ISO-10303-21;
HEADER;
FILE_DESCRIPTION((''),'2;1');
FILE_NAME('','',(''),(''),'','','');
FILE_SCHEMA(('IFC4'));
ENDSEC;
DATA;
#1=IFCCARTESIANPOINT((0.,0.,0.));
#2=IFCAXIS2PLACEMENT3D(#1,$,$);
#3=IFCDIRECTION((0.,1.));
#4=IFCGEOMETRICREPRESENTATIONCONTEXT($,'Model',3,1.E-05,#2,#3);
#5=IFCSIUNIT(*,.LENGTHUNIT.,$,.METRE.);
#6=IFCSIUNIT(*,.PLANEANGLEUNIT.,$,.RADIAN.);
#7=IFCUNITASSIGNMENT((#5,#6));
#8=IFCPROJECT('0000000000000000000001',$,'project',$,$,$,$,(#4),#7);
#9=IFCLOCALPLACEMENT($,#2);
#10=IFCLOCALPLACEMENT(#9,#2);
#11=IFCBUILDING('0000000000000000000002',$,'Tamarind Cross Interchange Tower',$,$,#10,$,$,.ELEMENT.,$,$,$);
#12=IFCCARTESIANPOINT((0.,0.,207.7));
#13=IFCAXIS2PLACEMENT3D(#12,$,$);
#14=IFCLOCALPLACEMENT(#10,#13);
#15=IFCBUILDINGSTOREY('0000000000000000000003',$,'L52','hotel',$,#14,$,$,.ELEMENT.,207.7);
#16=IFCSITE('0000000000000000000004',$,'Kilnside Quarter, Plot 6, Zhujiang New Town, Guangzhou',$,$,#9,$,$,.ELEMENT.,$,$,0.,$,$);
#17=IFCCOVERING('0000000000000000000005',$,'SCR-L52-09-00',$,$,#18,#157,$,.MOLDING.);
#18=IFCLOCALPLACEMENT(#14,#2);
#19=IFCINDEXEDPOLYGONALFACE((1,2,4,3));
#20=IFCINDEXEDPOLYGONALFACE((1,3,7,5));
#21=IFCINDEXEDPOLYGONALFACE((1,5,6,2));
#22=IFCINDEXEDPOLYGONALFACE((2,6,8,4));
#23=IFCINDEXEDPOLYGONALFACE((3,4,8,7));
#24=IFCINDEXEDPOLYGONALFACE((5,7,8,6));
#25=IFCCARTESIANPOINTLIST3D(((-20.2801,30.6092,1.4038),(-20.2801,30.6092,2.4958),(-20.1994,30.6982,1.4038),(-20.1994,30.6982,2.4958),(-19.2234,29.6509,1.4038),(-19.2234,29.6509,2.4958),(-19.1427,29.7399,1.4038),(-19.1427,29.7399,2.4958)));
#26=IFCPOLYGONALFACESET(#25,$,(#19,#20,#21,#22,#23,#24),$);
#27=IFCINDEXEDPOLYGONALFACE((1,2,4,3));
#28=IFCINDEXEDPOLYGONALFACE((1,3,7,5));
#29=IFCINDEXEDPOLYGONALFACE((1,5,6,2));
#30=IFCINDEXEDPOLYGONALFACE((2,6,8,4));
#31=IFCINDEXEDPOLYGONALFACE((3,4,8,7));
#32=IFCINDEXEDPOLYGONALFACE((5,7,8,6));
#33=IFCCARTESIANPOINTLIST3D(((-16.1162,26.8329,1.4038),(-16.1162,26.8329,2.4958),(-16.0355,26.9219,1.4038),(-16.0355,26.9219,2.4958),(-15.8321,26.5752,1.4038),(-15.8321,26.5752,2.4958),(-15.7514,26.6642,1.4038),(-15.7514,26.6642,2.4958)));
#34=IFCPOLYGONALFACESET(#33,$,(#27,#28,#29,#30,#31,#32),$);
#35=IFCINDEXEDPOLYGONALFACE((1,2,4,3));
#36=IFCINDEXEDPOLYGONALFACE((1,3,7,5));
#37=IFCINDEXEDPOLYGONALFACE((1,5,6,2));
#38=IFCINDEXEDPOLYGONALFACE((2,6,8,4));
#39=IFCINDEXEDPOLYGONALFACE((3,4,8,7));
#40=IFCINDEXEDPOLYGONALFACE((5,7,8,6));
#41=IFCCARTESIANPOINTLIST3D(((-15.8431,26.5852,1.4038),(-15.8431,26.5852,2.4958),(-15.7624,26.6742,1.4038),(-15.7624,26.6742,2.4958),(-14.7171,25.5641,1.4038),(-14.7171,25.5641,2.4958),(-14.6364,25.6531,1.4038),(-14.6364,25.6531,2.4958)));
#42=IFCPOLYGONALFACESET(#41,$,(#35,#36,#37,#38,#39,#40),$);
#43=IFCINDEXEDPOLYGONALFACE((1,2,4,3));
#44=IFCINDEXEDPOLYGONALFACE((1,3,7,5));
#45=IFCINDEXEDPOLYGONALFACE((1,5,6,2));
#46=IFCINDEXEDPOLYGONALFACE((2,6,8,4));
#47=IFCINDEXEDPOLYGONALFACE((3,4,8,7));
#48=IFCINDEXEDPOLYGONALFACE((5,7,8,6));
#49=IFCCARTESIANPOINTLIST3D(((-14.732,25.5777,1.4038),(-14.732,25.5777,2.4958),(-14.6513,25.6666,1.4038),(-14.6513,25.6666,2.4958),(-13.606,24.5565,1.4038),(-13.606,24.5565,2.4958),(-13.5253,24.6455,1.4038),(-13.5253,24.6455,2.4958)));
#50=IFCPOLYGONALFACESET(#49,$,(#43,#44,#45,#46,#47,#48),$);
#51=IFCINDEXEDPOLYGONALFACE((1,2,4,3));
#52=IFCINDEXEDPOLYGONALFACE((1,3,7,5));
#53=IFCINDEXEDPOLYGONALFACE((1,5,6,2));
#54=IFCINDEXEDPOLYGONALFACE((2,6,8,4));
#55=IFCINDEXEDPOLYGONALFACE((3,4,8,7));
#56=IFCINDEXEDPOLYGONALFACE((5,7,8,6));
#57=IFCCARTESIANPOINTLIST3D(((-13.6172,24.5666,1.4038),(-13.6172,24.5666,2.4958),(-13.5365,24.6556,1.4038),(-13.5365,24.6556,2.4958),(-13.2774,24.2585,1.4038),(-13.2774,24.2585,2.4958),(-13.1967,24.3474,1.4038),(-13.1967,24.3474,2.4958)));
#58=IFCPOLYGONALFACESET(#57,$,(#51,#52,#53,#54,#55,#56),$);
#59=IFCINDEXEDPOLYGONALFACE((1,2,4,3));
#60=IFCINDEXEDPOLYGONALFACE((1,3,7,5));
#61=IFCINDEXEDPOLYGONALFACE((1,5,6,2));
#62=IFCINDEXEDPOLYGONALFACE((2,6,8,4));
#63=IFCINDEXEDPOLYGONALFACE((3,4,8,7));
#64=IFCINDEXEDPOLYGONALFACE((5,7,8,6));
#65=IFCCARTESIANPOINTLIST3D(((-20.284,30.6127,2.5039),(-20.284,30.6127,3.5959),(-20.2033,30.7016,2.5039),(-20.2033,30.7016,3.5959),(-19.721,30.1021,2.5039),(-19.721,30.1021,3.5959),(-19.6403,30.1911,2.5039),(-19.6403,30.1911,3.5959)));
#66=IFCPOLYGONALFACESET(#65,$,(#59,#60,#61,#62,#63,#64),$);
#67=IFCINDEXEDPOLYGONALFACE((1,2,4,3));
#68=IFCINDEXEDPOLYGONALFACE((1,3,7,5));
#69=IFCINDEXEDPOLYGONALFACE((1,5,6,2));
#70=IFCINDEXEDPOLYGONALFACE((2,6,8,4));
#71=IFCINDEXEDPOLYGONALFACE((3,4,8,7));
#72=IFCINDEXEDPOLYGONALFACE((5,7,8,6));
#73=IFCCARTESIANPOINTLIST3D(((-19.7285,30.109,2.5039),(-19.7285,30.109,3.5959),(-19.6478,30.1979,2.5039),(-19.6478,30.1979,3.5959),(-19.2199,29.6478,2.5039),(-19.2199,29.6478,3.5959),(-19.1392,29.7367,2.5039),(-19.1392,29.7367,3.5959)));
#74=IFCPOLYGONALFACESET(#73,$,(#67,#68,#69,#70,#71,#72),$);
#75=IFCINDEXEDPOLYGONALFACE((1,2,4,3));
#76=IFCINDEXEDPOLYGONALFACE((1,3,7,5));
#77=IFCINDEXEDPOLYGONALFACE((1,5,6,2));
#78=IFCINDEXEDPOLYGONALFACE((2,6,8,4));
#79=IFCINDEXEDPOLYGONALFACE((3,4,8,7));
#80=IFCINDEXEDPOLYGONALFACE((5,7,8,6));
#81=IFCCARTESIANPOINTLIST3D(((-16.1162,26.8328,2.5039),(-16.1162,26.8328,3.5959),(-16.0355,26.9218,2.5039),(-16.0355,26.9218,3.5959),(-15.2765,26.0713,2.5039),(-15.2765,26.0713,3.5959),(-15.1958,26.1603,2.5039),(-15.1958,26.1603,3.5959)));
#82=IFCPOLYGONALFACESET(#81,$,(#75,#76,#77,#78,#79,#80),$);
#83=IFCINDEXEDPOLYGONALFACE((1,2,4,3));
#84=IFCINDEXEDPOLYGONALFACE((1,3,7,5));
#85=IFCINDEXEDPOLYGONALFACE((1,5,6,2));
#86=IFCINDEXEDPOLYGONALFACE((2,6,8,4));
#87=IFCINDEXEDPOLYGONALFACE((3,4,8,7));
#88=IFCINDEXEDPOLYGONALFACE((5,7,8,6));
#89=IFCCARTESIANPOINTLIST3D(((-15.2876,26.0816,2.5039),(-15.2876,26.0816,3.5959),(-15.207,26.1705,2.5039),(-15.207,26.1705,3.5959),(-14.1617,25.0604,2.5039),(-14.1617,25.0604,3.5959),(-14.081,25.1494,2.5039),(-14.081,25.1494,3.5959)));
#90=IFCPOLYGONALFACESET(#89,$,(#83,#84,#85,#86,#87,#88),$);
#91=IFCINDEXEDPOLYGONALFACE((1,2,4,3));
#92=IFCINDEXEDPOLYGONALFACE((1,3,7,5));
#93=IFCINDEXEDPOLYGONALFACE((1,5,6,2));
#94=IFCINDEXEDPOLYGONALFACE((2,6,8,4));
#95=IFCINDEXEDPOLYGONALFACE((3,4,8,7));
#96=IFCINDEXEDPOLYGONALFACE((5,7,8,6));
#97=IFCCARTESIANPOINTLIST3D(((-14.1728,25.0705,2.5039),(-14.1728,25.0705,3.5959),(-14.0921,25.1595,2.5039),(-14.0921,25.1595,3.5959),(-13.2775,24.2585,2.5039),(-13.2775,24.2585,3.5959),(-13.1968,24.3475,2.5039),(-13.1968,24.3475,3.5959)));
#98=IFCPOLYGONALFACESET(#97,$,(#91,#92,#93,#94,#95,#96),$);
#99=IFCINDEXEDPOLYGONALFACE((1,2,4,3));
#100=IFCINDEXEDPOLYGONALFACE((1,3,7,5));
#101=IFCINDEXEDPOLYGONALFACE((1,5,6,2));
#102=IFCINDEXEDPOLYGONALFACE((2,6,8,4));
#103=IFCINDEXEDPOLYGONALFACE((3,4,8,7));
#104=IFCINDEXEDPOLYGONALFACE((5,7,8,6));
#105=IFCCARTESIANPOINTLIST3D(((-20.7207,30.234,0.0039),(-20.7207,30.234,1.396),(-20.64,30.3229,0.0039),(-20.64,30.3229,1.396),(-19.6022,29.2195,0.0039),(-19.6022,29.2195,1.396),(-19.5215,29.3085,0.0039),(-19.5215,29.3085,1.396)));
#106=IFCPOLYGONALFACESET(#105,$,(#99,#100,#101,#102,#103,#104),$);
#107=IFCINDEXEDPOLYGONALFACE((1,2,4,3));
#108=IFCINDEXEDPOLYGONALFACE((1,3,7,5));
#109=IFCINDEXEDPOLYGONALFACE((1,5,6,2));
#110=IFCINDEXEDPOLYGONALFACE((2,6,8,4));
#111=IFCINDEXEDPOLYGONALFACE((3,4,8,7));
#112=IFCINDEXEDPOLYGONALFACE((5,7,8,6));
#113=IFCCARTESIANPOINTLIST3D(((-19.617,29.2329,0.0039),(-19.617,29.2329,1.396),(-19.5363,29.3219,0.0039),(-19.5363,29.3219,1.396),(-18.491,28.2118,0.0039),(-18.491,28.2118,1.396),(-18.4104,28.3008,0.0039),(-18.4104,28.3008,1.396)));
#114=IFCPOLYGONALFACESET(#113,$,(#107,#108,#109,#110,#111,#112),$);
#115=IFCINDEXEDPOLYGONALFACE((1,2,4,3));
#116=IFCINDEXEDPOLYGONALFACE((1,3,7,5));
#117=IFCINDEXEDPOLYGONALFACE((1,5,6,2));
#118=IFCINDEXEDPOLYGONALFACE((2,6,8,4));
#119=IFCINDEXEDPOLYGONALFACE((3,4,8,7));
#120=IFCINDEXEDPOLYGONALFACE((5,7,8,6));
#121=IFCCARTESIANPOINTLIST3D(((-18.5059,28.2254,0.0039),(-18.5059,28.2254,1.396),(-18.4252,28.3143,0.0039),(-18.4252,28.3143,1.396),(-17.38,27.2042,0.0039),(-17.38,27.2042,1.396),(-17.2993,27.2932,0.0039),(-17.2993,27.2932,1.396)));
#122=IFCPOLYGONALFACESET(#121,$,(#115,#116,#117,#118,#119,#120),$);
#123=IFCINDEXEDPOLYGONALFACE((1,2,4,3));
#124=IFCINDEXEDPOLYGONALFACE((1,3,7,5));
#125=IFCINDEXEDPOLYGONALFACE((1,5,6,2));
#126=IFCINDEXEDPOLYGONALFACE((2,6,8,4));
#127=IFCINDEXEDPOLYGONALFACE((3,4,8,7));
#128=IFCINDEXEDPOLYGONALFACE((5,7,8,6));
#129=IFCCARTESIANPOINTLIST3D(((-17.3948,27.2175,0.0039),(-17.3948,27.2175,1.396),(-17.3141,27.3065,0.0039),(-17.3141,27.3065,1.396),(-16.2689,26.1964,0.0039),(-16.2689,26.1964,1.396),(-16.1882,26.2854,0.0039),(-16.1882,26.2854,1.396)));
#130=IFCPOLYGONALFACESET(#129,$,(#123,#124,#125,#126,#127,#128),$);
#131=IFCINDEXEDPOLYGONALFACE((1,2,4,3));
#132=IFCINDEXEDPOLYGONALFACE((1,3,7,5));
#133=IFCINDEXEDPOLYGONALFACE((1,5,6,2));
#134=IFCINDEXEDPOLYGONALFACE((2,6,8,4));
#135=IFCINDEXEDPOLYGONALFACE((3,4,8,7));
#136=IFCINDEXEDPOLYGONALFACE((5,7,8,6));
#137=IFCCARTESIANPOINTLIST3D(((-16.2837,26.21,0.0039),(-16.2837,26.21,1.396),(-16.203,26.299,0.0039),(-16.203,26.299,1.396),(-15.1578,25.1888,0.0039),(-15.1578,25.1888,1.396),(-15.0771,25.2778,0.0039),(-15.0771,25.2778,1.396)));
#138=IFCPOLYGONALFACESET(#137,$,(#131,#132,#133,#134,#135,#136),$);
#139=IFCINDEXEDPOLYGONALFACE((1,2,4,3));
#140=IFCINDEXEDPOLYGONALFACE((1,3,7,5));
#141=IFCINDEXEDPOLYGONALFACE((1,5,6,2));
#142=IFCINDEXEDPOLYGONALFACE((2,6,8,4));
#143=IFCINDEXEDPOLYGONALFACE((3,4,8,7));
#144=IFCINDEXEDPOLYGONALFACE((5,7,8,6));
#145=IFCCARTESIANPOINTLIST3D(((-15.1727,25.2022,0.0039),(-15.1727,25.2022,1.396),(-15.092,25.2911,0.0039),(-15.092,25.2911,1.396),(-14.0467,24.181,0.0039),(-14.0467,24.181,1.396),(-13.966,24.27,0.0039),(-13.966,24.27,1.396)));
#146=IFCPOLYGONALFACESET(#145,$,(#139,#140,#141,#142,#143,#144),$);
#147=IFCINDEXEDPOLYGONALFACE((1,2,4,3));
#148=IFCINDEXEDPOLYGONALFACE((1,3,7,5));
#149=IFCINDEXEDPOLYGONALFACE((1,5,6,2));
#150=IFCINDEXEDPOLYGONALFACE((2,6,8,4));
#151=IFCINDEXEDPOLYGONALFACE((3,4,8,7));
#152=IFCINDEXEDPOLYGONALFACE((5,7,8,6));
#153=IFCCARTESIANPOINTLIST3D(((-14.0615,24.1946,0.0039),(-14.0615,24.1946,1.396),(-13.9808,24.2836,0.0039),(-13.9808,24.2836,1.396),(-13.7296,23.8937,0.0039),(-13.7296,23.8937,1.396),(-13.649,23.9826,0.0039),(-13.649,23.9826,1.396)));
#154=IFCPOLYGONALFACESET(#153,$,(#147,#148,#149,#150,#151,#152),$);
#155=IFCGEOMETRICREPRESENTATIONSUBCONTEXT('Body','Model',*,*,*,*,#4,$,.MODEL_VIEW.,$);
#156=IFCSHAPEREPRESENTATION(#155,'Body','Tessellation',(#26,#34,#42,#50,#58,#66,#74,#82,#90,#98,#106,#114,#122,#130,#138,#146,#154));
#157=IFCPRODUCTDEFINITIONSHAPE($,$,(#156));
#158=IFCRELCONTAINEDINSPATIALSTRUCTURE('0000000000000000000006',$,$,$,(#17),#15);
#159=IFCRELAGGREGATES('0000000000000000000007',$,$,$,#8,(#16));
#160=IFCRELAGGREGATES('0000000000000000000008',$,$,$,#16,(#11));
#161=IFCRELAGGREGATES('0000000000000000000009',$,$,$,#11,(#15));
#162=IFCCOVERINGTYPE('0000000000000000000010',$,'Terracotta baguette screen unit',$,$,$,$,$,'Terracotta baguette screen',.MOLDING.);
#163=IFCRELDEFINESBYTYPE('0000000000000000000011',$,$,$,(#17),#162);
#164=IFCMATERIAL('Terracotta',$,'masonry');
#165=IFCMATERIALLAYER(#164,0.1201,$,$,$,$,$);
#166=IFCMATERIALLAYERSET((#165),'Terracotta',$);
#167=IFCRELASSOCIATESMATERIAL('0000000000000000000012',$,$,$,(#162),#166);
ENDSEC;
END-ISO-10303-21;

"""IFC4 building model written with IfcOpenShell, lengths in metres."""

from ifc_helpers import new_model, si_unit, direction, frame, origin, origin_2d, place, context, subcontext, project, spatial, rectangle, extrude, material, layer, layer_set, type_object, element, save


model = new_model("IFC4")

# Units and contexts
model_context = context("Model", 3, precision=1e-05, world=origin(), true_north=direction((0.0, 1.0)))
body_context = subcontext(model_context, "Body", "Model", "MODEL_VIEW")
ifc_project = project(units=[si_unit("LENGTHUNIT", "METRE"), si_unit("PLANEANGLEUNIT", "RADIAN")], contexts=[model_context])

# Site, building, storey
site_placement = place(None, origin())
site = spatial("IfcSite", under=ifc_project, at=site_placement, Name="Kilnside Quarter, Plot 6, Zhujiang New Town, Guangzhou", CompositionType="ELEMENT", RefElevation=0.0)
building_placement = place(site_placement, origin())
building = spatial("IfcBuilding", under=site, at=building_placement, Name="Tamarind Cross Interchange Tower", CompositionType="ELEMENT")
storey_placement = place(building_placement, frame((0.0, 0.0, 207.7)))
storey = spatial("IfcBuildingStorey", under=building, at=storey_placement, Name="L52", Description="hotel", CompositionType="ELEMENT", Elevation=207.7)

# Covering
ifc_material_1 = material(Name="Terracotta", Category="masonry")
ifc_layer_1 = layer(ifc_material_1, 0.1201)
ifc_layer_set_1 = layer_set([ifc_layer_1], Name="Terracotta")
covering_type = type_object("IfcCoveringType", Name="Terracotta baguette screen unit", ElementType="Terracotta baguette screen", PredefinedType="MOLDING", material=ifc_layer_set_1)
covering_1_placement = place(storey_placement, origin())
element("IfcCovering", 1, at=covering_1_placement, inside=storey, type_object=covering_type, Name="SCR-L52-09-00", PredefinedType="MOLDING", context=body_context, shape_type="SweptSolid", body=[
    extrude(rectangle(XDim=1.4265, YDim=0.1201, at=origin_2d()), frame((-19.7114, 30.1746, 1.4038), z_axis=(0.0, 0.0, 1.0), x_axis=(0.740741, -0.67179, 0.0)), (0.0, 0.0, 1.0), 1.092),
    extrude(rectangle(XDim=0.3835, YDim=0.1201, at=origin_2d()), frame((-15.9338, 26.7485, 1.4038), z_axis=(0.0, 0.0, 1.0), x_axis=(0.740741, -0.67179, 0.0)), (0.0, 0.0, 1.0), 1.092),
    extrude(rectangle(XDim=1.52, YDim=0.1201, at=origin_2d()), frame((-15.2397, 26.1191, 1.4038), z_axis=(0.0, 0.0, 1.0), x_axis=(0.740741, -0.67179, 0.0)), (0.0, 0.0, 1.0), 1.092),
    extrude(rectangle(XDim=1.52, YDim=0.1201, at=origin_2d()), frame((-14.1287, 25.1116, 1.4038), z_axis=(0.0, 0.0, 1.0), x_axis=(0.740741, -0.67179, 0.0)), (0.0, 0.0, 1.0), 1.092),
    extrude(rectangle(XDim=0.4587, YDim=0.1201, at=origin_2d()), frame((-13.407, 24.457, 1.4038), z_axis=(0.0, 0.0, 1.0), x_axis=(0.740741, -0.67179, 0.0)), (0.0, 0.0, 1.0), 1.092),
    extrude(rectangle(XDim=0.76, YDim=0.1201, at=origin_2d()), frame((-19.9622, 30.4019, 2.5039), z_axis=(0.0, 0.0, 1.0), x_axis=(0.740741, -0.67179, 0.0)), (0.0, 0.0, 1.0), 1.092),
    extrude(rectangle(XDim=0.6865, YDim=0.1201, at=origin_2d()), frame((-19.4338, 29.9229, 2.5039), z_axis=(0.0, 0.0, 1.0), x_axis=(0.740741, -0.67179, 0.0)), (0.0, 0.0, 1.0), 1.092),
    extrude(rectangle(XDim=1.1335, YDim=0.1201, at=origin_2d()), frame((-15.656, 26.4966, 2.5039), z_axis=(0.0, 0.0, 1.0), x_axis=(0.740741, -0.67179, 0.0)), (0.0, 0.0, 1.0), 1.092),
    extrude(rectangle(XDim=1.52, YDim=0.1201, at=origin_2d()), frame((-14.6843, 25.6155, 2.5039), z_axis=(0.0, 0.0, 1.0), x_axis=(0.740741, -0.67179, 0.0)), (0.0, 0.0, 1.0), 1.092),
    extrude(rectangle(XDim=1.2087, YDim=0.1201, at=origin_2d()), frame((-13.6848, 24.709, 2.5039), z_axis=(0.0, 0.0, 1.0), x_axis=(0.740741, -0.67179, 0.0)), (0.0, 0.0, 1.0), 1.092),
    extrude(rectangle(XDim=1.51, YDim=0.1201, at=origin_2d()), frame((-20.1211, 29.7712, 0.0039), z_axis=(0.0, 0.0, 1.0), x_axis=(0.740741, -0.67179, 0.0)), (0.0, 0.0, 1.0), 1.3921),
    extrude(rectangle(XDim=1.52, YDim=0.1201, at=origin_2d()), frame((-19.0137, 28.7668, 0.0039), z_axis=(0.0, 0.0, 1.0), x_axis=(0.740741, -0.67179, 0.0)), (0.0, 0.0, 1.0), 1.3921),
    extrude(rectangle(XDim=1.52, YDim=0.1201, at=origin_2d()), frame((-17.9026, 27.7593, 0.0039), z_axis=(0.0, 0.0, 1.0), x_axis=(0.740741, -0.67179, 0.0)), (0.0, 0.0, 1.0), 1.3921),
    extrude(rectangle(XDim=1.52, YDim=0.1201, at=origin_2d()), frame((-16.7915, 26.7515, 0.0039), z_axis=(0.0, 0.0, 1.0), x_axis=(0.740741, -0.67179, 0.0)), (0.0, 0.0, 1.0), 1.3921),
    extrude(rectangle(XDim=1.52, YDim=0.1201, at=origin_2d()), frame((-15.6804, 25.7439, 0.0039), z_axis=(0.0, 0.0, 1.0), x_axis=(0.740741, -0.67179, 0.0)), (0.0, 0.0, 1.0), 1.3921),
    extrude(rectangle(XDim=1.52, YDim=0.1201, at=origin_2d()), frame((-14.5693, 24.7361, 0.0039), z_axis=(0.0, 0.0, 1.0), x_axis=(0.740741, -0.67179, 0.0)), (0.0, 0.0, 1.0), 1.3921),
    extrude(rectangle(XDim=0.448, YDim=0.1201, at=origin_2d()), frame((-13.8552, 24.0886, 0.0039), z_axis=(0.0, 0.0, 1.0), x_axis=(0.740741, -0.67179, 0.0)), (0.0, 0.0, 1.0), 1.3921),
])

save(model, "model.ifc")
